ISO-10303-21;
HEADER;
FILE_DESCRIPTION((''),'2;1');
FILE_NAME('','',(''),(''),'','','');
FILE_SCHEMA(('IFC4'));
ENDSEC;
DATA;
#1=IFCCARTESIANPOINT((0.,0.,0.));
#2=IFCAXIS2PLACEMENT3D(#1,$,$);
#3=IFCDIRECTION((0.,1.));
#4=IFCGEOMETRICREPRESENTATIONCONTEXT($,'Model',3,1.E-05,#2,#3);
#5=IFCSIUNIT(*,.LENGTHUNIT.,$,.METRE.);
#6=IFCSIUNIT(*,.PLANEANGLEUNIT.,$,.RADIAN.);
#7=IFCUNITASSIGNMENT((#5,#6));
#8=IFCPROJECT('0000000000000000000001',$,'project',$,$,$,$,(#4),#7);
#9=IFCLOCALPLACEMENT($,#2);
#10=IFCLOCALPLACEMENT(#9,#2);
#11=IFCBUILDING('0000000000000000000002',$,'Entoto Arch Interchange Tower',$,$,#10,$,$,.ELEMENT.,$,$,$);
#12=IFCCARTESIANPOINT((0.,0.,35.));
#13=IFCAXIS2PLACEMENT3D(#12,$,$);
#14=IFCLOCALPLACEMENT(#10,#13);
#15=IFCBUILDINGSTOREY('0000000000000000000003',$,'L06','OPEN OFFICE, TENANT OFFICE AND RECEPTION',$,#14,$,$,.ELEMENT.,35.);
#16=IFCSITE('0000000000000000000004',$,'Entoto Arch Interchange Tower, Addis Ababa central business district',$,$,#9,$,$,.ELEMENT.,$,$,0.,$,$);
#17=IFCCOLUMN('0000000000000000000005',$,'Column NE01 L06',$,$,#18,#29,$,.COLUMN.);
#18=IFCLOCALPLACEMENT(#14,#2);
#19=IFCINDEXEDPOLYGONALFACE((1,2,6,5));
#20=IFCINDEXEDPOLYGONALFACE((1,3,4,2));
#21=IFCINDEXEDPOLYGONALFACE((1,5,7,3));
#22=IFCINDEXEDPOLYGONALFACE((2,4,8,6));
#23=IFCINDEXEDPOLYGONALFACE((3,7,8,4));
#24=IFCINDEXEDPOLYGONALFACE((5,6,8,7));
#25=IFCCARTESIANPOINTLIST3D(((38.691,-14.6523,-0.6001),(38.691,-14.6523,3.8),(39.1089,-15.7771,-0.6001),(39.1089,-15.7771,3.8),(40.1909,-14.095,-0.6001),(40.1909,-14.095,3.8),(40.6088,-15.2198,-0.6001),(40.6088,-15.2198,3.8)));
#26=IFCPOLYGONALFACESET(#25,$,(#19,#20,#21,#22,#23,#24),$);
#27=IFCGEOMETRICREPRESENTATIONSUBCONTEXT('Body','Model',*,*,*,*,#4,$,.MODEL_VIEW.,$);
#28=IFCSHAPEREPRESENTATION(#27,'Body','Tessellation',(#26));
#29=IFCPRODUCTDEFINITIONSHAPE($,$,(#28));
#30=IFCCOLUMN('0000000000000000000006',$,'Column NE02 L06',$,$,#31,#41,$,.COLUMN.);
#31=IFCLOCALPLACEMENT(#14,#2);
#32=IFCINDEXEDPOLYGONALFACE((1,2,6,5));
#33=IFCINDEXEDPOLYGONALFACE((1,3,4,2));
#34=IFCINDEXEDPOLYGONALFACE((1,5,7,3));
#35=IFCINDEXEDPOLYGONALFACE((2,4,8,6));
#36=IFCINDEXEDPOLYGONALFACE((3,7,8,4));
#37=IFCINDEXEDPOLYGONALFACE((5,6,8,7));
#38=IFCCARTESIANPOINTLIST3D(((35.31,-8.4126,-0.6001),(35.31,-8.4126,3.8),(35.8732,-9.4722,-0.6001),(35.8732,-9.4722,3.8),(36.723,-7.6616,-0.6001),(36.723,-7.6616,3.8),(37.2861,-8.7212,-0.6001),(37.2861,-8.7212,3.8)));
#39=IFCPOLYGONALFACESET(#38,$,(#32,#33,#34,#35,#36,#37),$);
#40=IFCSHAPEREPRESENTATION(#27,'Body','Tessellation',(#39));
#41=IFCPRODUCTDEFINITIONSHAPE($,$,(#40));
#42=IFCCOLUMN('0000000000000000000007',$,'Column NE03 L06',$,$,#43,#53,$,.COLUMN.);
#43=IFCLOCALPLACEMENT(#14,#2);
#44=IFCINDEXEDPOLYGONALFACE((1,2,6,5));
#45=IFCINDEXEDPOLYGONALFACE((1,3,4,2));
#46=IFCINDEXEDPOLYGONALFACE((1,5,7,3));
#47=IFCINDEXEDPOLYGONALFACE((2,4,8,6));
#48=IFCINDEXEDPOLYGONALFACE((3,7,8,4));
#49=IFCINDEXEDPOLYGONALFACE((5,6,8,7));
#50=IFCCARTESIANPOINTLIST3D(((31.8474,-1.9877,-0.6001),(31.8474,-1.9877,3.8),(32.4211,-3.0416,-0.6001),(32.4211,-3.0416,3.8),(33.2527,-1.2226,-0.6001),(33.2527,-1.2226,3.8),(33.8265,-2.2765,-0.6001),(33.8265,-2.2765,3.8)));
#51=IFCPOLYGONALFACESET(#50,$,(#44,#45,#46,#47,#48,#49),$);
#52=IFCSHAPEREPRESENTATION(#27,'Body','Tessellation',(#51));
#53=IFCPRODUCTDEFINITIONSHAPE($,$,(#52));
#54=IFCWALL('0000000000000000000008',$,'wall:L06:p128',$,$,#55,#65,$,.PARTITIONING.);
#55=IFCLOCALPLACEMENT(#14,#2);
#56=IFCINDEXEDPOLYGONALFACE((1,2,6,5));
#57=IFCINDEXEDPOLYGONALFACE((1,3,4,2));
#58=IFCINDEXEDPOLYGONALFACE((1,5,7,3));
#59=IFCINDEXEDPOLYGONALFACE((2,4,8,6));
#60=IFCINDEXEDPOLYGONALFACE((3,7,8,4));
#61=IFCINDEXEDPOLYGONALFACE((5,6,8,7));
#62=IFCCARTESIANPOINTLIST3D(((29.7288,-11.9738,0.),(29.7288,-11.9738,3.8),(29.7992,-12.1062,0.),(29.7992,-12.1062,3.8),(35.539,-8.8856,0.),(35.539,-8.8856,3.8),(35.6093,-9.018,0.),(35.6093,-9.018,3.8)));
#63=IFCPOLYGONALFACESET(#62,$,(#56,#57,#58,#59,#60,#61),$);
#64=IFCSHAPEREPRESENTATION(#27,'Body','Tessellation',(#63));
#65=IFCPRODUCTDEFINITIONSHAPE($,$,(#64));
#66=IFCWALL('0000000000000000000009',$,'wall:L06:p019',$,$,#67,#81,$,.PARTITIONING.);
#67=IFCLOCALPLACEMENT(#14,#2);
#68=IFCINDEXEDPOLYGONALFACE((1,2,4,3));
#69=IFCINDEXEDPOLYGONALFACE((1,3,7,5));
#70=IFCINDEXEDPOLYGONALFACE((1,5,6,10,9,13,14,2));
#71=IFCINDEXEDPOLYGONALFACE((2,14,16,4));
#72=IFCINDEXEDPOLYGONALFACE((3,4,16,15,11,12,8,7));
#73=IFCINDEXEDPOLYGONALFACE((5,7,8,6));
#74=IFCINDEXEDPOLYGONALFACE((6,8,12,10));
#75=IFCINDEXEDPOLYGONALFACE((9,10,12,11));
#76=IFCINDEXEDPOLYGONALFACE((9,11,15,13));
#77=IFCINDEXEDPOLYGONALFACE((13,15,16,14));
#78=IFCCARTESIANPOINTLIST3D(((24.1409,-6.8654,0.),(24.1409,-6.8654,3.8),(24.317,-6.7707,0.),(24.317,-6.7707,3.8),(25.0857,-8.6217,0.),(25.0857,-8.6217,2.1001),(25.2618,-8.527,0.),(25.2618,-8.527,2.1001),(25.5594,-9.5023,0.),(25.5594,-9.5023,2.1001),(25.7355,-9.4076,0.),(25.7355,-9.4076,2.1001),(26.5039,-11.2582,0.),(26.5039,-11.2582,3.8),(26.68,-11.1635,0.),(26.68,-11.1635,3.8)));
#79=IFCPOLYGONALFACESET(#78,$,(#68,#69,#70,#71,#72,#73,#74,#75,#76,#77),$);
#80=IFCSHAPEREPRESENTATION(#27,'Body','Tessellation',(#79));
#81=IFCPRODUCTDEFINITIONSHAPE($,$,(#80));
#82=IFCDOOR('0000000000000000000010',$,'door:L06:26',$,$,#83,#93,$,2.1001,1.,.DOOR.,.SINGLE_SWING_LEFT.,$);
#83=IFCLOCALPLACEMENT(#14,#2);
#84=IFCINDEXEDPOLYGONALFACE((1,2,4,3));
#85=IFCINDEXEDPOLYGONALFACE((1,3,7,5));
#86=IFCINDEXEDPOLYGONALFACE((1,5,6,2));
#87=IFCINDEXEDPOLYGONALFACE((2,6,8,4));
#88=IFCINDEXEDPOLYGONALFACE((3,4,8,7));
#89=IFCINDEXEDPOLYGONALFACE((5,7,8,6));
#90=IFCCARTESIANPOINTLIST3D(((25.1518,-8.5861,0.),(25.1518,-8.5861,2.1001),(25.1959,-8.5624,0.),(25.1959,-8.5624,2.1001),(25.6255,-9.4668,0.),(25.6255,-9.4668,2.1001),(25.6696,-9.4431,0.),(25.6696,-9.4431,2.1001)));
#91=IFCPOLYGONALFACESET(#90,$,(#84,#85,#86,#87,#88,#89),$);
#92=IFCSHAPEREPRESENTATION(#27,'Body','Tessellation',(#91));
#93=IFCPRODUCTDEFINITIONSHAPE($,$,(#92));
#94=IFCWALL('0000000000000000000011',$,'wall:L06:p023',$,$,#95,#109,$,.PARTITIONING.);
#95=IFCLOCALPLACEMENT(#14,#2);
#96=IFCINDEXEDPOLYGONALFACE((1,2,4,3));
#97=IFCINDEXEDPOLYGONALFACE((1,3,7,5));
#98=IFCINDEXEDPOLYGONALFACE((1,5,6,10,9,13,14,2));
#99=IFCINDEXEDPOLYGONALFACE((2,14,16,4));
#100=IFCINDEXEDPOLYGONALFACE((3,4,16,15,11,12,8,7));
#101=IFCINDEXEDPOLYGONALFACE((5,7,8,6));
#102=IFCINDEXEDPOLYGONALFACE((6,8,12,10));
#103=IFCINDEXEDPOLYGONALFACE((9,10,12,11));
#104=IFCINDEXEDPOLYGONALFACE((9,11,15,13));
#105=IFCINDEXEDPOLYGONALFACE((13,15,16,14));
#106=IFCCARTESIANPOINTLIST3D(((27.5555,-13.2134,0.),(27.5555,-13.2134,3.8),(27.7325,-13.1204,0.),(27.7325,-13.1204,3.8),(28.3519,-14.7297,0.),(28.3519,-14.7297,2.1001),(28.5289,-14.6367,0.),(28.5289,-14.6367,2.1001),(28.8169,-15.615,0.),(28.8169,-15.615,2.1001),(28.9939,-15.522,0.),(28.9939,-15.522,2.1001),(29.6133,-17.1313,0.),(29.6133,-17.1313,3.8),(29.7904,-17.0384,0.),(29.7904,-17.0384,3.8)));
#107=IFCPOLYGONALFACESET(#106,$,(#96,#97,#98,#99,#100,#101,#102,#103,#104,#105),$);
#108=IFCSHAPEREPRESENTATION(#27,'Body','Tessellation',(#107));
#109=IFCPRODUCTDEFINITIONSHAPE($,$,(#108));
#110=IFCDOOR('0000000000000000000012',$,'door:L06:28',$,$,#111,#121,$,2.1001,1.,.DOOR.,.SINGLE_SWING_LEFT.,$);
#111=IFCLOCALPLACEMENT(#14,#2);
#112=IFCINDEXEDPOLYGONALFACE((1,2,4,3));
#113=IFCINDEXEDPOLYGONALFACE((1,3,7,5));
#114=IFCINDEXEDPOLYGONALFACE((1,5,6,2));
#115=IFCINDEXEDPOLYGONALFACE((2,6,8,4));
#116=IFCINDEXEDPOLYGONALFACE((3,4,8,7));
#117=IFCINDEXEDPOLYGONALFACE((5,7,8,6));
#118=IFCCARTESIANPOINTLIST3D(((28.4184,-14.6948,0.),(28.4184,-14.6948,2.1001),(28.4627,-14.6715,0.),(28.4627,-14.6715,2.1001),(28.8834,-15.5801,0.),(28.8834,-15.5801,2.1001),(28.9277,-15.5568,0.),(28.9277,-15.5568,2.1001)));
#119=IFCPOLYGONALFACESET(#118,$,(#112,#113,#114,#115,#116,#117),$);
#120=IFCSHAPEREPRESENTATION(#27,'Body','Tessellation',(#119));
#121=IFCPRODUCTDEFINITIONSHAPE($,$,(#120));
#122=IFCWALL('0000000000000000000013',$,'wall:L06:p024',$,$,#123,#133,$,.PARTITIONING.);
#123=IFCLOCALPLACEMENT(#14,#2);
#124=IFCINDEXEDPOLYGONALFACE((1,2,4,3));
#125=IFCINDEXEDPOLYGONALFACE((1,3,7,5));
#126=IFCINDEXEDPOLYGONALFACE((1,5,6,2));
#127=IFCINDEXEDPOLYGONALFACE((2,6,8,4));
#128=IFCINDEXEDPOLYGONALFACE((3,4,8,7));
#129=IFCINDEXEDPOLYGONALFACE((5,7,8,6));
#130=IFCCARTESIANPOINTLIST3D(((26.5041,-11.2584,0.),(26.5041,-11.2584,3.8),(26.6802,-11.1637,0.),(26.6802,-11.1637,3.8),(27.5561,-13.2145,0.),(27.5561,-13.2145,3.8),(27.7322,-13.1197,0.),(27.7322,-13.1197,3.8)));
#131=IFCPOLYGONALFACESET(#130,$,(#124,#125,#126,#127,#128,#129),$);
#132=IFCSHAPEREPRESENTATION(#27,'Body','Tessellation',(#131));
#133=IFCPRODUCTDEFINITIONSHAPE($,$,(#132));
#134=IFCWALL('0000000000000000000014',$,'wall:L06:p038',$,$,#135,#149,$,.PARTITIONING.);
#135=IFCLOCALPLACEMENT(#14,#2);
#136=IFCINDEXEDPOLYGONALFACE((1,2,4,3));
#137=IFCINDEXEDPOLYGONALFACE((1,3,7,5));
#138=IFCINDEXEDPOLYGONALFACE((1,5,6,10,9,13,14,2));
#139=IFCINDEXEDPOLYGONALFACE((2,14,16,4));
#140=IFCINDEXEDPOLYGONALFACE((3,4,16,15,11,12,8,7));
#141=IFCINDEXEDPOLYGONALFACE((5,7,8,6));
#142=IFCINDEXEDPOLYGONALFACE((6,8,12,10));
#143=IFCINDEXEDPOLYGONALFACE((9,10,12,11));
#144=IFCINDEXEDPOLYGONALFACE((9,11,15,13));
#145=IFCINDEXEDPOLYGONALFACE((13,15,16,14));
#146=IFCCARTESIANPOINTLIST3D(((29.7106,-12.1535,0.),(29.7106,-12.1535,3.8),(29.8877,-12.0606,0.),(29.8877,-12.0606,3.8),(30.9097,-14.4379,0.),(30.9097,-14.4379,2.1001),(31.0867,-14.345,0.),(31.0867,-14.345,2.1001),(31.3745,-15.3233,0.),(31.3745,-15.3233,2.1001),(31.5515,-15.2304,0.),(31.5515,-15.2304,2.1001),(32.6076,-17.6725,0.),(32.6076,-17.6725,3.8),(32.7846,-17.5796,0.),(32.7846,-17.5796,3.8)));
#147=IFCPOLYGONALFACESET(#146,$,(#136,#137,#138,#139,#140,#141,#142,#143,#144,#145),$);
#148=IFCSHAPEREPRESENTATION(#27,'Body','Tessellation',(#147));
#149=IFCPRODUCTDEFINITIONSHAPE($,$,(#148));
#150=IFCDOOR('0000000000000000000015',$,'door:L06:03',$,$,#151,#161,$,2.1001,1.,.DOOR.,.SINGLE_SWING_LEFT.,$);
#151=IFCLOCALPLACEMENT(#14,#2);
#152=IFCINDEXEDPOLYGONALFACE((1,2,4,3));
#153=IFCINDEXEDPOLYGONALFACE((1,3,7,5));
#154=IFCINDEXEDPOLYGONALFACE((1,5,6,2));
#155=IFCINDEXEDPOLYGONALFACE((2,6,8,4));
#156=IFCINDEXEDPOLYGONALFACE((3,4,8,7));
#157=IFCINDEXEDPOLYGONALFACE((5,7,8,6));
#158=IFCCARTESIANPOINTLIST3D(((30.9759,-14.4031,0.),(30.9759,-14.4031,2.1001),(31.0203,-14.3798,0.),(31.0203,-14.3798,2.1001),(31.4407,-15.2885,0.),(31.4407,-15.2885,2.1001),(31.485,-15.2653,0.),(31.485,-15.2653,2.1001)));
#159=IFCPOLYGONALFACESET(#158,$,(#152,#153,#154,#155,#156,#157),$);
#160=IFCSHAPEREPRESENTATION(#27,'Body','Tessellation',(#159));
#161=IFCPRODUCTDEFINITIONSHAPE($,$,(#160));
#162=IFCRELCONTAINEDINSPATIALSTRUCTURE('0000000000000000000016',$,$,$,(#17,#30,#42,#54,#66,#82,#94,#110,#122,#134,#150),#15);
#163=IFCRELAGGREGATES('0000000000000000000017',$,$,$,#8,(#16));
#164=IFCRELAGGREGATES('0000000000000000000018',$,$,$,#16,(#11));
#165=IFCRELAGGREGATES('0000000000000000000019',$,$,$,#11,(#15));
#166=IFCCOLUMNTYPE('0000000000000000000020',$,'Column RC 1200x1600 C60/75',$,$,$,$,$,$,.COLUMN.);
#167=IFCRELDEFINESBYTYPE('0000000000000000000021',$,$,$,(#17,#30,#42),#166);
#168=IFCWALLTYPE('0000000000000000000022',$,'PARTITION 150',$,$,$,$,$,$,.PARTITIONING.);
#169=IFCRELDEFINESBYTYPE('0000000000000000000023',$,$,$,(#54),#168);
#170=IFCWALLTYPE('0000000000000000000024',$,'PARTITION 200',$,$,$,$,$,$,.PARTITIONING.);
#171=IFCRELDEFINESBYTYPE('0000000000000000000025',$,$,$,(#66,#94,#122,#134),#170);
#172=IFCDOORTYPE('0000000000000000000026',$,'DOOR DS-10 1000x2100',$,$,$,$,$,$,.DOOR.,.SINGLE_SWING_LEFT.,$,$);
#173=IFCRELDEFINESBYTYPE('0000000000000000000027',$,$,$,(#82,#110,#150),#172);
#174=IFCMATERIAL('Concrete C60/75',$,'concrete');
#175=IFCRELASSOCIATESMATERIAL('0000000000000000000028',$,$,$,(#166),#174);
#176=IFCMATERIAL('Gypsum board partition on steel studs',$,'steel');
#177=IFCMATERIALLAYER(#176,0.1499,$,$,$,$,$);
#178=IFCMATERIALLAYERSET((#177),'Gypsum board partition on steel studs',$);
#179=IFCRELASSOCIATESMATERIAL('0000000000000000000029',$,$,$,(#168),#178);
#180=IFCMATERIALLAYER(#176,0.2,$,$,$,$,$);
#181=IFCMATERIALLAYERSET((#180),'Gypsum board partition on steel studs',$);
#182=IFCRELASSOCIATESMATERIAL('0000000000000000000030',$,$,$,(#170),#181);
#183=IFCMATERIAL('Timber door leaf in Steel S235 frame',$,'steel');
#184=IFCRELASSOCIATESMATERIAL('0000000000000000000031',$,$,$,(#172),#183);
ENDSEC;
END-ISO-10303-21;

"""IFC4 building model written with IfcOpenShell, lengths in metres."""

from ifc_helpers import new_model, si_unit, direction, frame, frame_2d, origin, origin_2d, place, context, subcontext, project, spatial, rectangle, extrude, material, layer, layer_set, material_profile, profile_set, type_object, element, fill, save


model = new_model("IFC4")

# Units and contexts
model_context = context("Model", 3, precision=1e-05, world=origin(), true_north=direction((0.0, 1.0)))
body_context = subcontext(model_context, "Body", "Model", "MODEL_VIEW")
ifc_project = project(units=[si_unit("LENGTHUNIT", "METRE"), si_unit("PLANEANGLEUNIT", "RADIAN")], contexts=[model_context])

# Site, building, storey
site_placement = place(None, origin())
site = spatial("IfcSite", under=ifc_project, at=site_placement, Name="Entoto Arch Interchange Tower, Addis Ababa central business district", CompositionType="ELEMENT", RefElevation=0.0)
building_placement = place(site_placement, origin())
building = spatial("IfcBuilding", under=site, at=building_placement, Name="Entoto Arch Interchange Tower", CompositionType="ELEMENT")
storey_placement = place(building_placement, frame((0.0, 0.0, 35.0)))
storey = spatial("IfcBuildingStorey", under=building, at=storey_placement, Name="L06", Description="OPEN OFFICE, TENANT OFFICE AND RECEPTION", CompositionType="ELEMENT", Elevation=35.0)

# Columns
ifc_material_1 = material(Name="Concrete C60/75", Category="concrete")
ifc_material_profile = material_profile(ifc_material_1, rectangle(XDim=1.2, YDim=1.6001, at=origin_2d()))
ifc_profile_set = profile_set([ifc_material_profile], Name="Concrete C60/75")
column_type = type_object("IfcColumnType", Name="Column RC 1200x1600 C60/75", PredefinedType="COLUMN", material=ifc_profile_set)
for number, where, z_axis, x_axis, name in (
    (1, (39.6499, -14.936, -0.6001), (0.0, 0.0, 1.0), (-0.348278, 0.937391, 0.0), "Column NE01 L06"),
    (2, (36.2981, -8.5669, -0.6001), (0.0, 0.0, 1.0), (-0.469317, 0.88303, 0.0), "Column NE02 L06"),
    (3, (32.8369, -2.1321, -0.6001), (0.0, 0.0, 1.0), (-0.47814, 0.878284, 0.0), "Column NE03 L06"),
):
    element("IfcColumn", number, at=place(storey_placement, frame(where, z_axis=z_axis, x_axis=x_axis)), inside=storey, type_object=column_type, Name=name, PredefinedType="COLUMN", context=body_context, shape_type="SweptSolid", body=[
        extrude(rectangle(XDim=1.2, YDim=1.6001, at=origin_2d()), origin(), (0.0, 0.0, 1.0), 4.4001),
    ])

# Wall
ifc_material_2 = material(Name="Gypsum board partition on steel studs", Category="steel")
ifc_layer_1 = layer(ifc_material_2, 0.1499)
ifc_layer_set_1 = layer_set([ifc_layer_1], Name="Gypsum board partition on steel studs")
wall_type_1 = type_object("IfcWallType", Name="PARTITION 150", PredefinedType="PARTITIONING", material=ifc_layer_set_1)
wall_1_placement = place(storey_placement, frame((29.7639, -12.04, 0.0), z_axis=(0.0, 0.0, 1.0), x_axis=(0.883019, 0.469338, 0.0)))
element("IfcWall", 4, at=wall_1_placement, inside=storey, type_object=wall_type_1, Name="wall:L06:p128", PredefinedType="PARTITIONING", context=body_context, shape_type="SweptSolid", body=[
    extrude(rectangle(XDim=6.5798, YDim=0.1499, at=frame_2d((3.29, 0.0))), origin(), (0.0, 0.0, 1.0), 3.8),
])

# Walls, openings, doors
ifc_layer_2 = layer(ifc_material_2, 0.2)
ifc_layer_set_2 = layer_set([ifc_layer_2], Name="Gypsum board partition on steel studs")
wall_type_2 = type_object("IfcWallType", Name="PARTITION 200", PredefinedType="PARTITIONING", material=ifc_layer_set_2)
wall_2_placement = place(storey_placement, frame((26.592, -11.2109, 0.0), z_axis=(0.0, 0.0, 1.0), x_axis=(-0.473738, 0.880666, 0.0)))
wall_2 = element("IfcWall", 5, at=wall_2_placement, inside=storey, type_object=wall_type_2, Name="wall:L06:p019", PredefinedType="PARTITIONING", context=body_context, shape_type="SweptSolid", body=[
    extrude(rectangle(XDim=4.988, YDim=0.2, at=frame_2d((2.4941, 0.0))), origin(), (0.0, 0.0, 1.0), 3.8),
])
opening_1_placement = place(wall_2_placement, frame((1.9939, 0.0, 0.0)))
opening_1 = element("IfcOpeningElement", 6, at=opening_1_placement, cuts=wall_2, PredefinedType="OPENING", context=body_context, shape_type="SweptSolid", body=[
    extrude(rectangle(XDim=1.0, YDim=2.1001, at=frame_2d((0.5, 1.05))), frame((0.0, 0.1099, 0.0), z_axis=(0.0, -1.0, 0.0), x_axis=(1.0, 0.0, 0.0)), (0.0, 0.0, 1.0), 0.22),
])
ifc_material_3 = material(Name="Timber door leaf in Steel S235 frame", Category="steel")
door_type = type_object("IfcDoorType", Name="DOOR DS-10 1000x2100", OperationType="SINGLE_SWING_LEFT", PredefinedType="DOOR", material=ifc_material_3)
door_1_placement = place(opening_1_placement, origin())
door_1 = element("IfcDoor", 7, at=door_1_placement, inside=storey, type_object=door_type, Name="door:L06:26", OperationType="SINGLE_SWING_LEFT", OverallHeight=2.1001, OverallWidth=1.0, PredefinedType="DOOR", context=body_context, shape_type="SweptSolid", body=[
    extrude(rectangle(XDim=1.0, YDim=2.1001, at=frame_2d((0.5, 1.05))), frame((0.0, 0.0249, 0.0), z_axis=(0.0, -1.0, 0.0), x_axis=(1.0, 0.0, 0.0)), (0.0, 0.0, 1.0), 0.05),
])
fill(opening_1, door_1)
wall_3_placement = place(storey_placement, frame((29.7019, -17.085, 0.0), z_axis=(0.0, 0.0, 1.0), x_axis=(-0.464998, 0.885312, 0.0)))
wall_3 = element("IfcWall", 8, at=wall_3_placement, inside=storey, type_object=wall_type_2, Name="wall:L06:p023", PredefinedType="PARTITIONING", context=body_context, shape_type="SweptSolid", body=[
    extrude(rectangle(XDim=4.4255, YDim=0.2, at=frame_2d((2.2129, 0.0))), origin(), (0.0, 0.0, 1.0), 3.8),
])
opening_2_placement = place(wall_3_placement, frame((1.7129, 0.0, 0.0)))
opening_2 = element("IfcOpeningElement", 9, at=opening_2_placement, cuts=wall_3, PredefinedType="OPENING", context=body_context, shape_type="SweptSolid", body=[
    extrude(rectangle(XDim=1.0, YDim=2.1001, at=frame_2d((0.5, 1.05))), frame((0.0, 0.1099, 0.0), z_axis=(0.0, -1.0, 0.0), x_axis=(1.0, 0.0, 0.0)), (0.0, 0.0, 1.0), 0.22),
])
door_2_placement = place(opening_2_placement, origin())
door_2 = element("IfcDoor", 10, at=door_2_placement, inside=storey, type_object=door_type, Name="door:L06:28", OperationType="SINGLE_SWING_LEFT", OverallHeight=2.1001, OverallWidth=1.0, PredefinedType="DOOR", context=body_context, shape_type="SweptSolid", body=[
    extrude(rectangle(XDim=1.0, YDim=2.1001, at=frame_2d((0.5, 1.05))), frame((0.0, 0.0249, 0.0), z_axis=(0.0, -1.0, 0.0), x_axis=(1.0, 0.0, 0.0)), (0.0, 0.0, 1.0), 0.05),
])
fill(opening_2, door_2)

# Wall
wall_4_placement = place(storey_placement, frame((27.644, -13.167, 0.0), z_axis=(0.0, 0.0, 1.0), x_axis=(-0.473661, 0.880707, 0.0)))
element("IfcWall", 11, at=wall_4_placement, inside=storey, type_object=wall_type_2, Name="wall:L06:p024", PredefinedType="PARTITIONING", context=body_context, shape_type="SweptSolid", body=[
    extrude(rectangle(XDim=2.2209, YDim=0.2, at=frame_2d((1.1104, 0.0))), origin(), (0.0, 0.0, 1.0), 3.8),
])

# Wall, opening, door
wall_5_placement = place(storey_placement, frame((29.7991, -12.1069, 0.0), z_axis=(0.0, 0.0, 1.0), x_axis=(0.464768, -0.885433, 0.0)))
wall_5 = element("IfcWall", 12, at=wall_5_placement, inside=storey, type_object=wall_type_2, Name="wall:L06:p038", PredefinedType="PARTITIONING", context=body_context, shape_type="SweptSolid", body=[
    extrude(rectangle(XDim=6.2332, YDim=0.2, at=frame_2d((3.1167, 0.0))), origin(), (0.0, 0.0, 1.0), 3.8),
])
opening_3_placement = place(wall_5_placement, frame((2.5801, 0.0, 0.0)))
opening_3 = element("IfcOpeningElement", 13, at=opening_3_placement, cuts=wall_5, PredefinedType="OPENING", context=body_context, shape_type="SweptSolid", body=[
    extrude(rectangle(XDim=1.0, YDim=2.1001, at=frame_2d((0.5, 1.05))), frame((0.0, 0.1099, 0.0), z_axis=(0.0, -1.0, 0.0), x_axis=(1.0, 0.0, 0.0)), (0.0, 0.0, 1.0), 0.22),
])
door_3_placement = place(opening_3_placement, origin())
door_3 = element("IfcDoor", 14, at=door_3_placement, inside=storey, type_object=door_type, Name="door:L06:03", OperationType="SINGLE_SWING_LEFT", OverallHeight=2.1001, OverallWidth=1.0, PredefinedType="DOOR", context=body_context, shape_type="SweptSolid", body=[
    extrude(rectangle(XDim=1.0, YDim=2.1001, at=frame_2d((0.5, 1.05))), frame((0.0, 0.0249, 0.0), z_axis=(0.0, -1.0, 0.0), x_axis=(1.0, 0.0, 0.0)), (0.0, 0.0, 1.0), 0.05),
])
fill(opening_3, door_3)

save(model, "model.ifc")
